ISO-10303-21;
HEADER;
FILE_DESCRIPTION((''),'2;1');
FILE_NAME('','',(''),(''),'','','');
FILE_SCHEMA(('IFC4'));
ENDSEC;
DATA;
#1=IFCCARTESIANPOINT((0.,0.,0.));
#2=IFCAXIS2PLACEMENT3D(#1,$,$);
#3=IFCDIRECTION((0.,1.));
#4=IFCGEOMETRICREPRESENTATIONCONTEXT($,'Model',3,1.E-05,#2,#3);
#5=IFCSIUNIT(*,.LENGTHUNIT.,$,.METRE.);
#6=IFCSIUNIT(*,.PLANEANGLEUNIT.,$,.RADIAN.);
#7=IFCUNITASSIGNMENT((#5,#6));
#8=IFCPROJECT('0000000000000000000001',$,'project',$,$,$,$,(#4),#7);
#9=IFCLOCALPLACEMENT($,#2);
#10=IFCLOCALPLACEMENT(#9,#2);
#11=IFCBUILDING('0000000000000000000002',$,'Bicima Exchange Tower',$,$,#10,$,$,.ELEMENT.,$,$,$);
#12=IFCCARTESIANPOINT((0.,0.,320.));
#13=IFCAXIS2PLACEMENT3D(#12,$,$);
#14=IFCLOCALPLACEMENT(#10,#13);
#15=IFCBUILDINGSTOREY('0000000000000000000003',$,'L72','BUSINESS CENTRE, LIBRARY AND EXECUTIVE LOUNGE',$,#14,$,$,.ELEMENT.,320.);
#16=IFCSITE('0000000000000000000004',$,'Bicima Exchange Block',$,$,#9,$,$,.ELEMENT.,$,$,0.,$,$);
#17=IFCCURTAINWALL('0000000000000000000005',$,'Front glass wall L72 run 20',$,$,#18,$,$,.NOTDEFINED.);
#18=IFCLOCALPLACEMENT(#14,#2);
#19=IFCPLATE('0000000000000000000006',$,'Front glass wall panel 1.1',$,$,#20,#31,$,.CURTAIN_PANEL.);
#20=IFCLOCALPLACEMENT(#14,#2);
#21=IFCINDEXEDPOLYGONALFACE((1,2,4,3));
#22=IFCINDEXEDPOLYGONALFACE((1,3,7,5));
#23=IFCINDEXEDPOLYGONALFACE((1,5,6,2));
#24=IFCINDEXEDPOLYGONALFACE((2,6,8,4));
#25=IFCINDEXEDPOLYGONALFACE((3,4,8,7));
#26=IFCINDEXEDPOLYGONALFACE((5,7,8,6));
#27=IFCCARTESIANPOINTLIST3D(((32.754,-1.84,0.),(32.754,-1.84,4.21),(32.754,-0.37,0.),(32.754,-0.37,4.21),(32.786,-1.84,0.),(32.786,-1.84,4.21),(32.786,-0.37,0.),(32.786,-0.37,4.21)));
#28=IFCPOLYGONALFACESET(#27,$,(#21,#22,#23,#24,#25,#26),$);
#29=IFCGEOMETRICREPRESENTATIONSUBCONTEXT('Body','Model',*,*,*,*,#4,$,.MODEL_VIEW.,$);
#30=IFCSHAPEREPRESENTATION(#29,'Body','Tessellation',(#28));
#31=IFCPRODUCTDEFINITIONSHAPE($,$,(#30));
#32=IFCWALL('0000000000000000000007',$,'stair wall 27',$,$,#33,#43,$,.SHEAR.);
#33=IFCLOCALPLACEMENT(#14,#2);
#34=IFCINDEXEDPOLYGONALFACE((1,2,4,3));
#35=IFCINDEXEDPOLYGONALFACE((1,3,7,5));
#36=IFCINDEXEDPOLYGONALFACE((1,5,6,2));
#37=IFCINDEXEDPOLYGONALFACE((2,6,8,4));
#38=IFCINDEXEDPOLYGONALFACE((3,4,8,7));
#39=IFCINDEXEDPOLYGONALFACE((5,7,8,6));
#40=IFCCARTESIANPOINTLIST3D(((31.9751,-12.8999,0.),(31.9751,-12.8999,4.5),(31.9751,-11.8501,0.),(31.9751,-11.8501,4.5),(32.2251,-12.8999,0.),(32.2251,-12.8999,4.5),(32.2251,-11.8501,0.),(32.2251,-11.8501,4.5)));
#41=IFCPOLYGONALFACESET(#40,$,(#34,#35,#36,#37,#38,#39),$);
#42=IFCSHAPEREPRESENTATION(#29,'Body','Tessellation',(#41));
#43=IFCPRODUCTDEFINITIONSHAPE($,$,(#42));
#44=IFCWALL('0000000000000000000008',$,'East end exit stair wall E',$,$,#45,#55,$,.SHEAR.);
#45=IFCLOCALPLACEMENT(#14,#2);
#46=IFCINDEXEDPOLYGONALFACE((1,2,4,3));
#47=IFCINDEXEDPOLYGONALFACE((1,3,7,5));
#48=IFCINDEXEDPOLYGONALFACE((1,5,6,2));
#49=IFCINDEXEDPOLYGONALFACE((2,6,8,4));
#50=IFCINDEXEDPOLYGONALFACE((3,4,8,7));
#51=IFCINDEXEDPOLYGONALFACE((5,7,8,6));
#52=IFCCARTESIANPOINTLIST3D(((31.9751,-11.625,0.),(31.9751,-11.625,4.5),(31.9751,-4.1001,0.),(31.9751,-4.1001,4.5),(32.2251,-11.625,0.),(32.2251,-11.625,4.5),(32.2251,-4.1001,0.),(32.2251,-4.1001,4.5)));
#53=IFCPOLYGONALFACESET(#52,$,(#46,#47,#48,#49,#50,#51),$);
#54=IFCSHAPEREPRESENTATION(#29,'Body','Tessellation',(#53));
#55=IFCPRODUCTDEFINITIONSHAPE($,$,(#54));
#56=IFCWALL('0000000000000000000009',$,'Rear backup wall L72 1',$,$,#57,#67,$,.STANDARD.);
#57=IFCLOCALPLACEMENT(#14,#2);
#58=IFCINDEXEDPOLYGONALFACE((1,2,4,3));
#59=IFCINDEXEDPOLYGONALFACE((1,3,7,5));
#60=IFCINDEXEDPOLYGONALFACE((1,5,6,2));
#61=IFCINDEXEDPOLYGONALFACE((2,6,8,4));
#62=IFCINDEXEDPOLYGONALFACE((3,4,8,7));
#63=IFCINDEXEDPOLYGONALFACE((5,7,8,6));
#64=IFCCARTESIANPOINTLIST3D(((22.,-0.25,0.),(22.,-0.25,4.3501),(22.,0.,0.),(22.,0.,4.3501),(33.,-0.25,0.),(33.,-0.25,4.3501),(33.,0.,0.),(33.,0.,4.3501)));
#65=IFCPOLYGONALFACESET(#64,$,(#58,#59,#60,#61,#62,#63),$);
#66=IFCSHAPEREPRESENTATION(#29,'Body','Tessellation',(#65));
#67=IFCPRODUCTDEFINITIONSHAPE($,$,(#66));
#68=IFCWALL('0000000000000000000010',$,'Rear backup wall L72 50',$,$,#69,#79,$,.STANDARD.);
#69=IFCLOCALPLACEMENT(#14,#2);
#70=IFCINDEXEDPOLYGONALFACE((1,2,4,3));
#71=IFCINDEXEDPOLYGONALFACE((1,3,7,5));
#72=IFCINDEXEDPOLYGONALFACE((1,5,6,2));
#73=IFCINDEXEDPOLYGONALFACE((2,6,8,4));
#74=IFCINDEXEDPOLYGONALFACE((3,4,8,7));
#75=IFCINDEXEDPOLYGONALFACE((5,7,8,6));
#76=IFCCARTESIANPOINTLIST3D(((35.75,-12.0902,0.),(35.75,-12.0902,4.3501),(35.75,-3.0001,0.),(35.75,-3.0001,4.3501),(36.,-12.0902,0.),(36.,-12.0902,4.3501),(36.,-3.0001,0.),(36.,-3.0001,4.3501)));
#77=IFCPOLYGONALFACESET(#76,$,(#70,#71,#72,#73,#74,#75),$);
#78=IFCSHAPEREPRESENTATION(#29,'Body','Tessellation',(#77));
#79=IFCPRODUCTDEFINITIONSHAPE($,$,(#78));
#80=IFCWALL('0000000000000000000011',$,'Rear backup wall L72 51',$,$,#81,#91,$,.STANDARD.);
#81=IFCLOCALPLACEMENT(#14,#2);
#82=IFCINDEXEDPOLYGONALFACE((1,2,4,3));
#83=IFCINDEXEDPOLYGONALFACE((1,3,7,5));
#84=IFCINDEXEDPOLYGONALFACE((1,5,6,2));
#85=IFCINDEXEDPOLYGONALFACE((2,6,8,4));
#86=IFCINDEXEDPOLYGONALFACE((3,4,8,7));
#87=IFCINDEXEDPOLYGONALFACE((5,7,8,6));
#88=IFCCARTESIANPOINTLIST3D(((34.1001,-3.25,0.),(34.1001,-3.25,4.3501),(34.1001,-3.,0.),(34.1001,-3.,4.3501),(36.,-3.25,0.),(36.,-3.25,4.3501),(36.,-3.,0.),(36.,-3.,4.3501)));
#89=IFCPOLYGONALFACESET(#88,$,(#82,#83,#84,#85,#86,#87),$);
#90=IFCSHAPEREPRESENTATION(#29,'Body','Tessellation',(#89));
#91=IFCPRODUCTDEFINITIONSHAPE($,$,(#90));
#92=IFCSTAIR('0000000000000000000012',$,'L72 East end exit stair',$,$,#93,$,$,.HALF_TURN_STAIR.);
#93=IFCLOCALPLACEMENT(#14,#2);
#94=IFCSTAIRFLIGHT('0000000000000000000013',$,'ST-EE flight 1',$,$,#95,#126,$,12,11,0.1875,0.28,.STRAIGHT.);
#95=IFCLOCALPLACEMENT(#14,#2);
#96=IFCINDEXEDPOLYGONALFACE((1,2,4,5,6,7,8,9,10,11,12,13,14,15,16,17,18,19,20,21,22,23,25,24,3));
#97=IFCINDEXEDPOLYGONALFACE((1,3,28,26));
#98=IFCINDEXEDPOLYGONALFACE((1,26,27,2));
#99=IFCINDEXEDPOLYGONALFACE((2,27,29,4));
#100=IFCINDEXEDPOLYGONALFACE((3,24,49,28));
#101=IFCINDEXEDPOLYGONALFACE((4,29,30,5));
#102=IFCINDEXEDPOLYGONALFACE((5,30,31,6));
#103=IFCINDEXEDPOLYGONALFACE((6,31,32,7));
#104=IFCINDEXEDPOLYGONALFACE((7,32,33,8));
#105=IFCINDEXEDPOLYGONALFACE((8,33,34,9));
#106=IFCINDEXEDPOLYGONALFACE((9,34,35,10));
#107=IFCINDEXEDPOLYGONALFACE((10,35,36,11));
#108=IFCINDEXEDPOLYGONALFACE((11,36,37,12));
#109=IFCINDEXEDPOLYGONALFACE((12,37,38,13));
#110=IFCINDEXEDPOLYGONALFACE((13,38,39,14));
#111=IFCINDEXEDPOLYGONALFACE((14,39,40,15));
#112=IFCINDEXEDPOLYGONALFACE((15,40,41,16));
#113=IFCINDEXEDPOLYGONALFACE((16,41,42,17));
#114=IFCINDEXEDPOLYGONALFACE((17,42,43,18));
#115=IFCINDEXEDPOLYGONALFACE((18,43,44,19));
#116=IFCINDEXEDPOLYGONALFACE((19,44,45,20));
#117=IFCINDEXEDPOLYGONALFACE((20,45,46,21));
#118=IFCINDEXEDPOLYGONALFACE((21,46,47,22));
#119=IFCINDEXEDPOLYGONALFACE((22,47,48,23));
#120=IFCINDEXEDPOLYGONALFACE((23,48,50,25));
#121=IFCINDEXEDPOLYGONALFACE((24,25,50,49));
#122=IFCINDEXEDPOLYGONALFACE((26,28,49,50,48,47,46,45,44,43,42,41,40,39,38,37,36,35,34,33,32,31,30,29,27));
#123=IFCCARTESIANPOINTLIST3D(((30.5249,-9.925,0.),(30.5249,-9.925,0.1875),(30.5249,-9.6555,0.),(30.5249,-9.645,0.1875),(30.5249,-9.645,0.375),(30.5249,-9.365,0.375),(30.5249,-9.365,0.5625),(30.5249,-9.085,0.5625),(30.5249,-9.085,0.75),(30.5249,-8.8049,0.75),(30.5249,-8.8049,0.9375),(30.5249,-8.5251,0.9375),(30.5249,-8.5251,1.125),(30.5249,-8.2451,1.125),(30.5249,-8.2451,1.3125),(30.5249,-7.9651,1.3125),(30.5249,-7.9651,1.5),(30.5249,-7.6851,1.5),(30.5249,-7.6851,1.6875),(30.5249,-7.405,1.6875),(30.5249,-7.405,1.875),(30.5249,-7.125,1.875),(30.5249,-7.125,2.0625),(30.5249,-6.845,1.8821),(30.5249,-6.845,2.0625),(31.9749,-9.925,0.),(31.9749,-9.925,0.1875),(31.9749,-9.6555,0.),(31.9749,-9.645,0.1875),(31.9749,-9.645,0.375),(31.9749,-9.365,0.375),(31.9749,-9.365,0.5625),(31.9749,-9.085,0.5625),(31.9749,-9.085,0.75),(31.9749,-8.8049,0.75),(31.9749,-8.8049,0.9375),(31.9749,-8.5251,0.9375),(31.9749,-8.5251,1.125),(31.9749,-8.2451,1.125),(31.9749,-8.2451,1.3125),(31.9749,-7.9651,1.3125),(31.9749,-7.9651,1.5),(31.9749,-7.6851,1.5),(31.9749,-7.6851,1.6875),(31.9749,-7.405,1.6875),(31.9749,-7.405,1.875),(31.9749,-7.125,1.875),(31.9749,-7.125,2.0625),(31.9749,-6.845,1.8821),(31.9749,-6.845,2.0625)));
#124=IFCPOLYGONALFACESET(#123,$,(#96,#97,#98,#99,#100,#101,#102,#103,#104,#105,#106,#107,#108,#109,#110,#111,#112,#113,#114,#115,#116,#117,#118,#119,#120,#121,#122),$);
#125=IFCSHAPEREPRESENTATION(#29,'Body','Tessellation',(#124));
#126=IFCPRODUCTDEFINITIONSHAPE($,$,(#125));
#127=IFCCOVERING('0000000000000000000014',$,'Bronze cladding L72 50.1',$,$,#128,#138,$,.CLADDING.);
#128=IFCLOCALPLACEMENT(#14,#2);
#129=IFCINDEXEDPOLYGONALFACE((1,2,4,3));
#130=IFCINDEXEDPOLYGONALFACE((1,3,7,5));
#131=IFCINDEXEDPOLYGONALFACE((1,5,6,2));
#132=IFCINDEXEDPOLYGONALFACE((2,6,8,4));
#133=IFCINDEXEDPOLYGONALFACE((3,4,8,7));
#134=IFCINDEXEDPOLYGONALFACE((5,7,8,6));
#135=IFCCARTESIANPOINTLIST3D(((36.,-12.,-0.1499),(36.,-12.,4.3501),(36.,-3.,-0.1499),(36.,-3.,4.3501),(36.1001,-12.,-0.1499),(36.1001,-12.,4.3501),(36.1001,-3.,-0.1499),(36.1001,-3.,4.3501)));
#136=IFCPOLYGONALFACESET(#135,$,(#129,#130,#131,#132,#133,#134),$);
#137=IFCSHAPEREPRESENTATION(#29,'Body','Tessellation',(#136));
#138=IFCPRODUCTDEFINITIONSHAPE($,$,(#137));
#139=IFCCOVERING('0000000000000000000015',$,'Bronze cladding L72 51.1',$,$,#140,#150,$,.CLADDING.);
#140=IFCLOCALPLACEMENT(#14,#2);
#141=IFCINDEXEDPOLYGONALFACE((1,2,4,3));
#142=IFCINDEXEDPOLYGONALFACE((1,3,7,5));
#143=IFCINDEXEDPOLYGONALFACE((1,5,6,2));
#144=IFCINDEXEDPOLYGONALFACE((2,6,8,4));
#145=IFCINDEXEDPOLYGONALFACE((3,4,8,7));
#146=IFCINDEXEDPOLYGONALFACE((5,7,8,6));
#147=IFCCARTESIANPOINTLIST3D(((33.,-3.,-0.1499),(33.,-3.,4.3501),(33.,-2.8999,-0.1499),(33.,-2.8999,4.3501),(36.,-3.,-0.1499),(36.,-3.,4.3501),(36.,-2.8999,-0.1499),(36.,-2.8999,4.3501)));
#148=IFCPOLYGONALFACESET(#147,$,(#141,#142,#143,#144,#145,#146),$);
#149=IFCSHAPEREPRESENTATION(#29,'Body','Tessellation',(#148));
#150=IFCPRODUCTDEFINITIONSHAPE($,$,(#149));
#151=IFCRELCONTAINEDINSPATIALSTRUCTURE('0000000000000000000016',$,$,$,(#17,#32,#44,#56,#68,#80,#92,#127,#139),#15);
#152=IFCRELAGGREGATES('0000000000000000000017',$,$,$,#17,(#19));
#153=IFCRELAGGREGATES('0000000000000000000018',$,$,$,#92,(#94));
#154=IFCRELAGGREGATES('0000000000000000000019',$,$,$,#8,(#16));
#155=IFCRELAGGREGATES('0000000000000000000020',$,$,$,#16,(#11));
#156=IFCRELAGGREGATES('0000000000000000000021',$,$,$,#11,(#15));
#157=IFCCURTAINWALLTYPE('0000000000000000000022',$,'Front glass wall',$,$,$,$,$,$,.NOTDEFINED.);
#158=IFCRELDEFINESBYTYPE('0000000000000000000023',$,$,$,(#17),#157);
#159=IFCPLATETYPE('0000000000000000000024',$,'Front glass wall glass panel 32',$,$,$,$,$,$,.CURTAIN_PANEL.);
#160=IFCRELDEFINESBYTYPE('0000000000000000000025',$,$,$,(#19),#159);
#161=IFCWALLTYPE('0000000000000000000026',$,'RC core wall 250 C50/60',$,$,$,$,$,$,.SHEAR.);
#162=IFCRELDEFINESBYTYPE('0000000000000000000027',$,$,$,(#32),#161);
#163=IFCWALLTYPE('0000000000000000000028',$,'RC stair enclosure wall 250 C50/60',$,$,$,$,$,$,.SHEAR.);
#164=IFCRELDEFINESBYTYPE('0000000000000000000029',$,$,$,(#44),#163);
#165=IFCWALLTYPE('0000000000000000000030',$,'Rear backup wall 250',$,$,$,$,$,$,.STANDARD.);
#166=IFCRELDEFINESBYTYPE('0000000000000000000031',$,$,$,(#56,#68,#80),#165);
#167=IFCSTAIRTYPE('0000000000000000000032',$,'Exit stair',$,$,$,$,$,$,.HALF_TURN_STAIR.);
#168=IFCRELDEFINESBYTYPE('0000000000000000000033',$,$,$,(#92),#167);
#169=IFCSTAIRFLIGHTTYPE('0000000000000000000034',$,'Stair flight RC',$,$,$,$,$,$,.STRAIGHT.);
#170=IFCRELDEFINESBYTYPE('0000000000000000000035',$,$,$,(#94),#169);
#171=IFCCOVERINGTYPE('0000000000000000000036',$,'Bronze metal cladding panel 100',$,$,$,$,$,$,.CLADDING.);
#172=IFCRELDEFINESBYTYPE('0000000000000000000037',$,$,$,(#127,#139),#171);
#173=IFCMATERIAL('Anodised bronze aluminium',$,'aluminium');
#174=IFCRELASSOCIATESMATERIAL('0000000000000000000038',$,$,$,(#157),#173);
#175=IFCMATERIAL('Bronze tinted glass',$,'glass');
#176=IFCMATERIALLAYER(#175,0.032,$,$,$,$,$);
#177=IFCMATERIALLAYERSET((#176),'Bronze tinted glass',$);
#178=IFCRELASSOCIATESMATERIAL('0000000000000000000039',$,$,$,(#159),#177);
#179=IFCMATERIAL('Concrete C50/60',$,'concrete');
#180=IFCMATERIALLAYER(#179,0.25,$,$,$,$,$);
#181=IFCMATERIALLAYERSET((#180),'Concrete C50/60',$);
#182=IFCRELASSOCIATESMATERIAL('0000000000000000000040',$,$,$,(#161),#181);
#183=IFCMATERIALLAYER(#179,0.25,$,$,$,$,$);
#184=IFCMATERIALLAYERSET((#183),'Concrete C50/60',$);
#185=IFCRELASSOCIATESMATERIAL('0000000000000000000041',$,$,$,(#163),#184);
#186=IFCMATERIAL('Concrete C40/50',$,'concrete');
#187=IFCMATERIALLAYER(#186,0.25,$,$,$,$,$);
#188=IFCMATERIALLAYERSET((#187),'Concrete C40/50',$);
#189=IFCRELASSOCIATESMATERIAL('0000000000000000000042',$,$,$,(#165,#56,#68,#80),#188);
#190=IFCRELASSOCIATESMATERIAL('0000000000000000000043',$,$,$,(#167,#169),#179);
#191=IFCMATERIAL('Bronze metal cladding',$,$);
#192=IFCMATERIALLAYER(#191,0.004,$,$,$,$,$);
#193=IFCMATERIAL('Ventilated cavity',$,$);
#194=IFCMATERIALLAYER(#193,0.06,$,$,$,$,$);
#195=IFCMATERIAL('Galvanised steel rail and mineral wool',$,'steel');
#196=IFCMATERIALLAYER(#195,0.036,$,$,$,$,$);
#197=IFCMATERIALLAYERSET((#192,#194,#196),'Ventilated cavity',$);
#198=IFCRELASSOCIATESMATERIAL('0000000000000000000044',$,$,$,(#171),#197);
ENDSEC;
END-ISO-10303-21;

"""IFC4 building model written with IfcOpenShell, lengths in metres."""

from ifc_helpers import new_model, si_unit, direction, frame, frame_2d, origin, origin_2d, place, context, subcontext, project, spatial, polyline, rectangle, outline, extrude, material, layer, layer_set, layer_usage, type_object, element, aggregate, save


model = new_model("IFC4")

# Units and contexts
model_context = context("Model", 3, precision=1e-05, world=origin(), true_north=direction((0.0, 1.0)))
body_context = subcontext(model_context, "Body", "Model", "MODEL_VIEW")
ifc_project = project(units=[si_unit("LENGTHUNIT", "METRE"), si_unit("PLANEANGLEUNIT", "RADIAN")], contexts=[model_context])

# Site, building, storey
site_placement = place(None, origin())
site = spatial("IfcSite", under=ifc_project, at=site_placement, Name="Bicima Exchange Block", CompositionType="ELEMENT", RefElevation=0.0)
building_placement = place(site_placement, origin())
building = spatial("IfcBuilding", under=site, at=building_placement, Name="Bicima Exchange Tower", CompositionType="ELEMENT")
storey_placement = place(building_placement, frame((0.0, 0.0, 320.0)))
storey = spatial("IfcBuildingStorey", under=building, at=storey_placement, Name="L72", Description="BUSINESS CENTRE, LIBRARY AND EXECUTIVE LOUNGE", CompositionType="ELEMENT", Elevation=320.0)

# Shared definitions
ifc_material_1 = material(Name="Anodised bronze aluminium", Category="aluminium")

# Curtain wall
curtain_wall_type_1 = type_object("IfcCurtainWallType", Name="Front glass wall", PredefinedType="NOTDEFINED", material=ifc_material_1)
curtain_wall_1_placement = place(storey_placement, origin())
curtain_wall_1 = element("IfcCurtainWall", 1, at=curtain_wall_1_placement, inside=storey, type_object=curtain_wall_type_1, Name="Front glass wall L72 run 20", PredefinedType="NOTDEFINED")

# Plate
ifc_material_2 = material(Name="Bronze tinted glass", Category="glass")
ifc_layer_1 = layer(ifc_material_2, 0.032)
ifc_layer_set_1 = layer_set([ifc_layer_1], Name="Bronze tinted glass")
plate_type = type_object("IfcPlateType", Name="Front glass wall glass panel 32", PredefinedType="CURTAIN_PANEL", material=ifc_layer_set_1)
plate_placement = place(storey_placement, frame((32.77, -1.105, 0.0), z_axis=(0.0, 0.0, 1.0), x_axis=(0.0, 1.0, 0.0)))
plate = element("IfcPlate", 2, at=plate_placement, type_object=plate_type, Name="Front glass wall panel 1.1", PredefinedType="CURTAIN_PANEL", context=body_context, shape_type="SweptSolid", body=[
    extrude(rectangle(XDim=1.47, YDim=0.032, at=origin_2d()), origin(), (0.0, 0.0, 1.0), 4.21),
])
aggregate(curtain_wall_1, [plate])

# Walls
ifc_material_3 = material(Name="Concrete C50/60", Category="concrete")
ifc_layer_2 = layer(ifc_material_3, 0.25)
ifc_layer_set_2 = layer_set([ifc_layer_2], Name="Concrete C50/60")
wall_type_1 = type_object("IfcWallType", Name="RC core wall 250 C50/60", PredefinedType="SHEAR", material=ifc_layer_set_2)
wall_1_placement = place(storey_placement, frame((32.1001, -12.8999, 0.0), z_axis=(0.0, 0.0, 1.0), x_axis=(0.0, 1.0, 0.0)))
element("IfcWall", 3, at=wall_1_placement, inside=storey, type_object=wall_type_1, Name="stair wall 27", PredefinedType="SHEAR", context=body_context, shape_type="SweptSolid", body=[
    extrude(rectangle(XDim=1.0498, YDim=0.25, at=frame_2d((0.5249, 0.0))), origin(), (0.0, 0.0, 1.0), 4.5),
])
ifc_layer_3 = layer(ifc_material_3, 0.25)
ifc_layer_set_3 = layer_set([ifc_layer_3], Name="Concrete C50/60")
wall_type_2 = type_object("IfcWallType", Name="RC stair enclosure wall 250 C50/60", PredefinedType="SHEAR", material=ifc_layer_set_3)
wall_2_placement = place(storey_placement, frame((32.1001, -11.625, 0.0), z_axis=(0.0, 0.0, 1.0), x_axis=(0.0, 1.0, 0.0)))
element("IfcWall", 4, at=wall_2_placement, inside=storey, type_object=wall_type_2, Name="East end exit stair wall E", PredefinedType="SHEAR", context=body_context, shape_type="SweptSolid", body=[
    extrude(rectangle(XDim=7.5249, YDim=0.25, at=frame_2d((3.7625, 0.0))), origin(), (0.0, 0.0, 1.0), 4.5),
])
ifc_material_4 = material(Name="Concrete C40/50", Category="concrete")
ifc_layer_4 = layer(ifc_material_4, 0.25)
ifc_layer_set_4 = layer_set([ifc_layer_4], Name="Concrete C40/50")
ifc_layer_usage = layer_usage(ifc_layer_set_4, "AXIS2", "POSITIVE", -0.125)
wall_type_3 = type_object("IfcWallType", Name="Rear backup wall 250", PredefinedType="STANDARD", material=ifc_layer_set_4)
wall_3_placement = place(storey_placement, frame((33.0, -0.125, 0.0), z_axis=(0.0, 0.0, 1.0), x_axis=(-1.0, 0.0, 0.0)))
element("IfcWall", 5, at=wall_3_placement, inside=storey, type_object=wall_type_3, material=ifc_layer_usage, Name="Rear backup wall L72 1", PredefinedType="STANDARD", context=body_context, shape_type="SweptSolid", body=[
    extrude(rectangle(XDim=11.0, YDim=0.25, at=frame_2d((5.5, 0.0))), origin(), (0.0, 0.0, 1.0), 4.3501),
])
wall_4_placement = place(storey_placement, frame((35.875, -12.0901, 0.0), z_axis=(0.0, 0.0, 1.0), x_axis=(0.0, 1.0, 0.0)))
element("IfcWall", 6, at=wall_4_placement, inside=storey, type_object=wall_type_3, material=ifc_layer_usage, Name="Rear backup wall L72 50", PredefinedType="STANDARD", context=body_context, shape_type="SweptSolid", body=[
    extrude(rectangle(XDim=9.0901, YDim=0.25, at=frame_2d((4.5449, 0.0))), origin(), (0.0, 0.0, 1.0), 4.3501),
])
wall_5_placement = place(storey_placement, frame((36.0, -3.125, 0.0), z_axis=(0.0, 0.0, 1.0), x_axis=(-1.0, 0.0, 0.0)))
element("IfcWall", 7, at=wall_5_placement, inside=storey, type_object=wall_type_3, material=ifc_layer_usage, Name="Rear backup wall L72 51", PredefinedType="STANDARD", context=body_context, shape_type="SweptSolid", body=[
    extrude(rectangle(XDim=1.8999, YDim=0.25, at=frame_2d((0.95, 0.0))), origin(), (0.0, 0.0, 1.0), 4.3501),
])

# Stair, stair flight
stair_type = type_object("IfcStairType", Name="Exit stair", PredefinedType="HALF_TURN_STAIR", material=ifc_material_3)
stair_placement = place(storey_placement, origin())
stair = element("IfcStair", 8, at=stair_placement, inside=storey, type_object=stair_type, Name="L72 East end exit stair", PredefinedType="HALF_TURN_STAIR")
stair_flight_type = type_object("IfcStairFlightType", Name="Stair flight RC", PredefinedType="STRAIGHT", material=ifc_material_3)
stair_flight_placement = place(storey_placement, frame((31.25, -9.925, 0.0), z_axis=(0.0, 0.0, 1.0), x_axis=(0.0, 1.0, 0.0)))
stair_flight = element("IfcStairFlight", 9, at=stair_flight_placement, type_object=stair_flight_type, Name="ST-EE flight 1", NumberOfRisers=12, NumberOfTreads=11, PredefinedType="STRAIGHT", RiserHeight=0.1875, TreadLength=0.28, context=body_context, shape_type="SweptSolid", body=[
    extrude(outline(polyline([(0.0, 0.0), (0.0, 0.1875), (0.28, 0.1875), (0.28, 0.375), (0.5601, 0.375), (0.5601, 0.5625), (0.8401, 0.5625), (0.8401, 0.75), (1.1201, 0.75), (1.1201, 0.9375), (1.3999, 0.9375), (1.3999, 1.125), (1.6799, 1.125), (1.6799, 1.3125), (1.96, 1.3125), (1.96, 1.5), (2.24, 1.5), (2.24, 1.6875), (2.52, 1.6875), (2.52, 1.875), (2.8, 1.875), (2.8, 2.0625), (3.0801, 2.0625), (3.0801, 2.25), (3.0801, 1.8821), (0.2695, 0.0), (0.0, 0.0)])), frame((0.0, 0.7251, 0.0), z_axis=(0.0, -1.0, 0.0), x_axis=(1.0, 0.0, 0.0)), (0.0, 0.0, 1.0), 1.45),
])
aggregate(stair, [stair_flight])

# Coverings
ifc_material_5 = material(Name="Bronze metal cladding")
ifc_layer_5 = layer(ifc_material_5, 0.004)
ifc_material_6 = material(Name="Ventilated cavity")
ifc_layer_6 = layer(ifc_material_6, 0.06)
ifc_material_7 = material(Name="Galvanised steel rail and mineral wool", Category="steel")
ifc_layer_7 = layer(ifc_material_7, 0.036)
ifc_layer_set_5 = layer_set([ifc_layer_5, ifc_layer_6, ifc_layer_7], Name="Ventilated cavity")
covering_type = type_object("IfcCoveringType", Name="Bronze metal cladding panel 100", PredefinedType="CLADDING", material=ifc_layer_set_5)
covering_1_placement = place(storey_placement, frame((36.05, -7.5, -0.1499), z_axis=(0.0, 0.0, 1.0), x_axis=(0.0, 1.0, 0.0)))
element("IfcCovering", 10, at=covering_1_placement, inside=storey, type_object=covering_type, Name="Bronze cladding L72 50.1", PredefinedType="CLADDING", context=body_context, shape_type="SweptSolid", body=[
    extrude(rectangle(XDim=9.0, YDim=0.1001, at=origin_2d()), origin(), (0.0, 0.0, 1.0), 4.5),
])
covering_2_placement = place(storey_placement, frame((34.5, -2.95, -0.1499), z_axis=(0.0, 0.0, 1.0), x_axis=(-1.0, 0.0, 0.0)))
element("IfcCovering", 11, at=covering_2_placement, inside=storey, type_object=covering_type, Name="Bronze cladding L72 51.1", PredefinedType="CLADDING", context=body_context, shape_type="SweptSolid", body=[
    extrude(rectangle(XDim=3.0, YDim=0.1001, at=origin_2d()), origin(), (0.0, 0.0, 1.0), 4.5),
])

save(model, "model.ifc")
